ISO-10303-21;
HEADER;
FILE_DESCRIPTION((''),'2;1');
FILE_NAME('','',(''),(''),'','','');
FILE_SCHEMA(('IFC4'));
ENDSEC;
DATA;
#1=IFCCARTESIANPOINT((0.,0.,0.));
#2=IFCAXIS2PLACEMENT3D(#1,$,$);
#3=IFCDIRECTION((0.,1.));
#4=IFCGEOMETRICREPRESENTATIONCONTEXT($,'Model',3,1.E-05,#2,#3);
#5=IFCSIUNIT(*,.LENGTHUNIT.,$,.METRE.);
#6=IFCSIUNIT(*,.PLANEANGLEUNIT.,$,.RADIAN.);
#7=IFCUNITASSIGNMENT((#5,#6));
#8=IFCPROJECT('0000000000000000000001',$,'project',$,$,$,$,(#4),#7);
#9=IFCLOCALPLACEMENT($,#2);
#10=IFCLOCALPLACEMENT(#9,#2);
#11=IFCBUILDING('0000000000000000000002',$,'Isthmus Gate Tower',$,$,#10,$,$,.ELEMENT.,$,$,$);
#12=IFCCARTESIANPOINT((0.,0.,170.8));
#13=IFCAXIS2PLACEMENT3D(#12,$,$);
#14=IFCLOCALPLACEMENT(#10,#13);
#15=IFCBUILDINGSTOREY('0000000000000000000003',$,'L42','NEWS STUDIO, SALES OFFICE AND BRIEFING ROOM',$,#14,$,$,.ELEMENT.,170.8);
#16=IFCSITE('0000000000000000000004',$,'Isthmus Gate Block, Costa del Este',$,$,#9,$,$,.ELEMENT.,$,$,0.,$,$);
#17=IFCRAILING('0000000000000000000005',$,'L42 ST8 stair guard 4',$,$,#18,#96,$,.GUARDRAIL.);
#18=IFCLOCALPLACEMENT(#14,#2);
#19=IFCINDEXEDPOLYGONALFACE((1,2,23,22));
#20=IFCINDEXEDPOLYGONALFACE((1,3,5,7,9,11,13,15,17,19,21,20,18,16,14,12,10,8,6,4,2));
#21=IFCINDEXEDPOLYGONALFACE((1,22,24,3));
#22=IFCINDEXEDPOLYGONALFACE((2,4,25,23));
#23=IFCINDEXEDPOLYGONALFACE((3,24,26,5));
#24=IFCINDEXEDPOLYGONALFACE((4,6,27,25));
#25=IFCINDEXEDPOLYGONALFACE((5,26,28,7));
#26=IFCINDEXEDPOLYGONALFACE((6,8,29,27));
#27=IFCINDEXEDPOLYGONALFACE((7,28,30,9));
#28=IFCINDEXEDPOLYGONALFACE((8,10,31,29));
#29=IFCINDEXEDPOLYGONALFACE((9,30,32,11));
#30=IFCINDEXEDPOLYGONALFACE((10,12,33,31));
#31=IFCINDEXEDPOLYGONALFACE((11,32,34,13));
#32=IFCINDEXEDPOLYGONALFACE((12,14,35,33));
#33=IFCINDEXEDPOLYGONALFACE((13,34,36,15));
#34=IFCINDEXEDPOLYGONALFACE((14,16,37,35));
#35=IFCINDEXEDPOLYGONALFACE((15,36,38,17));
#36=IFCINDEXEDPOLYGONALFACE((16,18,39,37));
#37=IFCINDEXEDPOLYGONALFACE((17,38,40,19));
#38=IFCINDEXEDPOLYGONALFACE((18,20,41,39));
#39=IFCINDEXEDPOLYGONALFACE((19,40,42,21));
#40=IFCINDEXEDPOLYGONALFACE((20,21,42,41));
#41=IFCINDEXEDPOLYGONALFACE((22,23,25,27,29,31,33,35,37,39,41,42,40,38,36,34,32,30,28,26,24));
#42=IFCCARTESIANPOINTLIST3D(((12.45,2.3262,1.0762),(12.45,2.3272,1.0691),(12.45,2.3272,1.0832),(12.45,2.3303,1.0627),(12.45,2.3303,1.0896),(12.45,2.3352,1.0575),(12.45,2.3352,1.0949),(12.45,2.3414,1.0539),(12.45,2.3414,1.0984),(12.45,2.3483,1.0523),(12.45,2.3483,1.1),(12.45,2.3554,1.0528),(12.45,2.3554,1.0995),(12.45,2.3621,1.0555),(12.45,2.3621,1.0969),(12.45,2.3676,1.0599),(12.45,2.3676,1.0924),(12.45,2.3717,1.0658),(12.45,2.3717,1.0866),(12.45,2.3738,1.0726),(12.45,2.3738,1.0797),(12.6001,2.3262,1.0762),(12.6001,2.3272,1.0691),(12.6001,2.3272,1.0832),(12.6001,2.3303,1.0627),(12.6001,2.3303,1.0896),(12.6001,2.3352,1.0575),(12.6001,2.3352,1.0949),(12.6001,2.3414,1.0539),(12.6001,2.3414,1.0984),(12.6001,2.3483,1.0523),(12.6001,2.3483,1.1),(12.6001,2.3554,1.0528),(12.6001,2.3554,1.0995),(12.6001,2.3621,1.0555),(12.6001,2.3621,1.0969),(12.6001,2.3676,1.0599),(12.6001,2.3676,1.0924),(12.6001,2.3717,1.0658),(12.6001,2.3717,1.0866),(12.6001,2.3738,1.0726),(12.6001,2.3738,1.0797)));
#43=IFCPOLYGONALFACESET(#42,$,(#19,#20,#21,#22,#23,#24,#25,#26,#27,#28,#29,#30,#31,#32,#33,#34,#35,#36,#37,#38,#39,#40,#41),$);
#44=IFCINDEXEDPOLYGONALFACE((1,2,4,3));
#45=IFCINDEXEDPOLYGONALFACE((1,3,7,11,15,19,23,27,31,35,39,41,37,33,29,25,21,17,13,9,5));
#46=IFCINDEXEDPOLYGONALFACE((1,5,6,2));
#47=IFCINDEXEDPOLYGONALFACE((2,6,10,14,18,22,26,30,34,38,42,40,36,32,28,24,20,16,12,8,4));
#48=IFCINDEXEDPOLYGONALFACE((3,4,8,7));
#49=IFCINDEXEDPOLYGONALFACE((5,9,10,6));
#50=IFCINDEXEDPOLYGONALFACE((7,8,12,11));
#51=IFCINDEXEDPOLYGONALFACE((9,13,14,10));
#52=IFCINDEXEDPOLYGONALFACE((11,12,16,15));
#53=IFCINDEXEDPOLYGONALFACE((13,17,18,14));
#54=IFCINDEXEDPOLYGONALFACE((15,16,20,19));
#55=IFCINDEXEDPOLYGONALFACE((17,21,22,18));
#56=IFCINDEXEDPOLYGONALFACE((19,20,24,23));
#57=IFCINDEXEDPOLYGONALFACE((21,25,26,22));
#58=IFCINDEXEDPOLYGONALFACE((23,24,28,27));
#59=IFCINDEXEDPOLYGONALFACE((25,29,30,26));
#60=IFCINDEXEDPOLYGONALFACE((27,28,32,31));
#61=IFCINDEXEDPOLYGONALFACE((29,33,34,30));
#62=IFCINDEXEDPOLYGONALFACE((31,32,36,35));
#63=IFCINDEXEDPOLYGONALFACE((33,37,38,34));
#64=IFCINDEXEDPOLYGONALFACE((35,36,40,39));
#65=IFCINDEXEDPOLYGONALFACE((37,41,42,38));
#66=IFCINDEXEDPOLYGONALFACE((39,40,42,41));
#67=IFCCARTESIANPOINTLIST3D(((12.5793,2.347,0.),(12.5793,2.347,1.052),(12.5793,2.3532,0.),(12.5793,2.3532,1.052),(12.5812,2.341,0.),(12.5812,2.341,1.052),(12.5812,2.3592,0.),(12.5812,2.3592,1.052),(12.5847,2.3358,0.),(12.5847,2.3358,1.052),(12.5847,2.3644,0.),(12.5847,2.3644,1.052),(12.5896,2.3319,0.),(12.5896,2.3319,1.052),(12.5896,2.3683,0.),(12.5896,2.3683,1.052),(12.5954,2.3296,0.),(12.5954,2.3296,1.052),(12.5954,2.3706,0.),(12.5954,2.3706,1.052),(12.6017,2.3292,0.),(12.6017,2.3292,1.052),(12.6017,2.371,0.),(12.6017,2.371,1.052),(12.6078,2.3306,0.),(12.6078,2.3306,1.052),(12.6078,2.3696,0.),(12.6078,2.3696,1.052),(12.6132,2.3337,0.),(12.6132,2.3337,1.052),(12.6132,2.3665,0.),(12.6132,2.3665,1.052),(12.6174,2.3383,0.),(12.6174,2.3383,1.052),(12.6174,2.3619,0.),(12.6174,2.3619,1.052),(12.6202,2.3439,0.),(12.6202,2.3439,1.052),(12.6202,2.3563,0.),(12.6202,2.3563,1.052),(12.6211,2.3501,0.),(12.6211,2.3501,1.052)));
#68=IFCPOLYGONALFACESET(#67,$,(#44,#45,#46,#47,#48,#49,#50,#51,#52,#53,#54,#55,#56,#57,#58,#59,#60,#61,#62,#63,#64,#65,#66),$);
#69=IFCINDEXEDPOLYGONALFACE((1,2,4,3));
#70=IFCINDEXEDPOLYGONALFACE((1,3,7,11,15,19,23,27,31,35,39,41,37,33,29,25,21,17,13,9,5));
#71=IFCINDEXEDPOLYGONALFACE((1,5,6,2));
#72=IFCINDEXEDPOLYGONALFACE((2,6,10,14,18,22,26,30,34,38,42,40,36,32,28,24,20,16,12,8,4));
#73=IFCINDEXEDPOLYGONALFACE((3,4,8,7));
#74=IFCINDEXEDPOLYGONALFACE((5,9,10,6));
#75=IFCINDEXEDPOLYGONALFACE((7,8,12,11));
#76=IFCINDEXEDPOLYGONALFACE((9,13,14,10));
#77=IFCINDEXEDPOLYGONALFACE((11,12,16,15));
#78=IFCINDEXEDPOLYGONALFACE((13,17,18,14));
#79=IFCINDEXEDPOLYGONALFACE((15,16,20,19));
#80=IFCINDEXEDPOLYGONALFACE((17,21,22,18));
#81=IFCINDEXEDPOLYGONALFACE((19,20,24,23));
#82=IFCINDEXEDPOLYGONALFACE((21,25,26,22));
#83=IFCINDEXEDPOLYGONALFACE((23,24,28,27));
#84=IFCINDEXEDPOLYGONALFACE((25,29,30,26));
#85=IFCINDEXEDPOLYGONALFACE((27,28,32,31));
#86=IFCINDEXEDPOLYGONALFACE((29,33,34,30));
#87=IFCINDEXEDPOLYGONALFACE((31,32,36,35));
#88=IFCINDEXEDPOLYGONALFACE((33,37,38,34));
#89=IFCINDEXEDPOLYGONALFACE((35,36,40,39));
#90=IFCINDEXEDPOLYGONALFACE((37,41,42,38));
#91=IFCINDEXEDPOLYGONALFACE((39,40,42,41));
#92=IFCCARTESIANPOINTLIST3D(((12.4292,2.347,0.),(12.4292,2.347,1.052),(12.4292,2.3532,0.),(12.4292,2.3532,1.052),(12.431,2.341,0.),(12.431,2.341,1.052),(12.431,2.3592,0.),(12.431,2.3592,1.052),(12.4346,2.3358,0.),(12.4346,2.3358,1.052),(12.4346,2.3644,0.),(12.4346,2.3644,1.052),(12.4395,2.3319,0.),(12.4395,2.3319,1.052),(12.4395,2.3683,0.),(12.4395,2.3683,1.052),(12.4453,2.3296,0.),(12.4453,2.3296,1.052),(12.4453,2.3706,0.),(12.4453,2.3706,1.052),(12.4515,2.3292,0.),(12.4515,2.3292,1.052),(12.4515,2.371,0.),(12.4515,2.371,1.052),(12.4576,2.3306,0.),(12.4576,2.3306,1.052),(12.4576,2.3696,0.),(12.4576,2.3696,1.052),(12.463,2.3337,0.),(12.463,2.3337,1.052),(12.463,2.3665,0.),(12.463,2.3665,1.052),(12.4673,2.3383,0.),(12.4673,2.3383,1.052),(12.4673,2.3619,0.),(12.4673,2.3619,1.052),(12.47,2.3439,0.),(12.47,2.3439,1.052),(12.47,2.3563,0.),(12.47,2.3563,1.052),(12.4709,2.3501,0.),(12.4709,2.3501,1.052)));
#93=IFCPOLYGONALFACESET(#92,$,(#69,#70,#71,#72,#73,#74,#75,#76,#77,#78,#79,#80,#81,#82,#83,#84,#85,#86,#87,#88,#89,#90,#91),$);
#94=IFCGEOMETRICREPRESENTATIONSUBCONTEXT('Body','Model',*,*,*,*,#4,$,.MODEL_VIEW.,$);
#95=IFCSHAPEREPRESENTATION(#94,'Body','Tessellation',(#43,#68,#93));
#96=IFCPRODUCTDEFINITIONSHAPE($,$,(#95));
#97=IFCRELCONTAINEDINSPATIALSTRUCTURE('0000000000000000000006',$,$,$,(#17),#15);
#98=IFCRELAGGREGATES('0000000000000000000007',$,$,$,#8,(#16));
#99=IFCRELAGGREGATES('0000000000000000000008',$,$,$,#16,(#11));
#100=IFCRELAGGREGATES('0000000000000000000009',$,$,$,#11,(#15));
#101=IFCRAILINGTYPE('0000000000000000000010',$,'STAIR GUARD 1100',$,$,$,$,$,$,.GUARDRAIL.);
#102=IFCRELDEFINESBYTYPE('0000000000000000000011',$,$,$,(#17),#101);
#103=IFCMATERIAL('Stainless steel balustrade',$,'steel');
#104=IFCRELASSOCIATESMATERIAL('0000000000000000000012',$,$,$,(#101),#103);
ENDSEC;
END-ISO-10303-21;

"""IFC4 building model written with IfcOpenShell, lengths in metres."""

from ifc_helpers import new_model, si_unit, direction, frame, origin, origin_2d, place, context, subcontext, project, spatial, circle, extrude, material, type_object, element, save


model = new_model("IFC4")

# Units and contexts
model_context = context("Model", 3, precision=1e-05, world=origin(), true_north=direction((0.0, 1.0)))
body_context = subcontext(model_context, "Body", "Model", "MODEL_VIEW")
ifc_project = project(units=[si_unit("LENGTHUNIT", "METRE"), si_unit("PLANEANGLEUNIT", "RADIAN")], contexts=[model_context])

# Site, building, storey
site_placement = place(None, origin())
site = spatial("IfcSite", under=ifc_project, at=site_placement, Name="Isthmus Gate Block, Costa del Este", CompositionType="ELEMENT", RefElevation=0.0)
building_placement = place(site_placement, origin())
building = spatial("IfcBuilding", under=site, at=building_placement, Name="Isthmus Gate Tower", CompositionType="ELEMENT")
storey_placement = place(building_placement, frame((0.0, 0.0, 170.8)))
storey = spatial("IfcBuildingStorey", under=building, at=storey_placement, Name="L42", Description="NEWS STUDIO, SALES OFFICE AND BRIEFING ROOM", CompositionType="ELEMENT", Elevation=170.8)

# Railing
ifc_material_1 = material(Name="Stainless steel balustrade", Category="steel")
railing_type_1 = type_object("IfcRailingType", Name="STAIR GUARD 1100", PredefinedType="GUARDRAIL", material=ifc_material_1)
railing_1_placement = place(storey_placement, frame((12.6001, 2.3501, 0.0)))
element("IfcRailing", 1, at=railing_1_placement, inside=storey, type_object=railing_type_1, Name="L42 ST8 stair guard 4", PredefinedType="GUARDRAIL", context=body_context, shape_type="SweptSolid", body=[
    extrude(circle(Radius=0.0239, at=origin_2d()), frame((0.0, 0.0, 1.0762), z_axis=(-1.0, 0.0, 0.0), x_axis=(0.0, -1.0, 0.0)), (0.0, 0.0, 1.0), 0.1501),
    extrude(circle(Radius=0.021, at=origin_2d()), origin(), (0.0, 0.0, 1.0), 1.052),
    extrude(circle(Radius=0.021, at=origin_2d()), frame((-0.1501, 0.0, 0.0)), (0.0, 0.0, 1.0), 1.052),
])

save(model, "model.ifc")
